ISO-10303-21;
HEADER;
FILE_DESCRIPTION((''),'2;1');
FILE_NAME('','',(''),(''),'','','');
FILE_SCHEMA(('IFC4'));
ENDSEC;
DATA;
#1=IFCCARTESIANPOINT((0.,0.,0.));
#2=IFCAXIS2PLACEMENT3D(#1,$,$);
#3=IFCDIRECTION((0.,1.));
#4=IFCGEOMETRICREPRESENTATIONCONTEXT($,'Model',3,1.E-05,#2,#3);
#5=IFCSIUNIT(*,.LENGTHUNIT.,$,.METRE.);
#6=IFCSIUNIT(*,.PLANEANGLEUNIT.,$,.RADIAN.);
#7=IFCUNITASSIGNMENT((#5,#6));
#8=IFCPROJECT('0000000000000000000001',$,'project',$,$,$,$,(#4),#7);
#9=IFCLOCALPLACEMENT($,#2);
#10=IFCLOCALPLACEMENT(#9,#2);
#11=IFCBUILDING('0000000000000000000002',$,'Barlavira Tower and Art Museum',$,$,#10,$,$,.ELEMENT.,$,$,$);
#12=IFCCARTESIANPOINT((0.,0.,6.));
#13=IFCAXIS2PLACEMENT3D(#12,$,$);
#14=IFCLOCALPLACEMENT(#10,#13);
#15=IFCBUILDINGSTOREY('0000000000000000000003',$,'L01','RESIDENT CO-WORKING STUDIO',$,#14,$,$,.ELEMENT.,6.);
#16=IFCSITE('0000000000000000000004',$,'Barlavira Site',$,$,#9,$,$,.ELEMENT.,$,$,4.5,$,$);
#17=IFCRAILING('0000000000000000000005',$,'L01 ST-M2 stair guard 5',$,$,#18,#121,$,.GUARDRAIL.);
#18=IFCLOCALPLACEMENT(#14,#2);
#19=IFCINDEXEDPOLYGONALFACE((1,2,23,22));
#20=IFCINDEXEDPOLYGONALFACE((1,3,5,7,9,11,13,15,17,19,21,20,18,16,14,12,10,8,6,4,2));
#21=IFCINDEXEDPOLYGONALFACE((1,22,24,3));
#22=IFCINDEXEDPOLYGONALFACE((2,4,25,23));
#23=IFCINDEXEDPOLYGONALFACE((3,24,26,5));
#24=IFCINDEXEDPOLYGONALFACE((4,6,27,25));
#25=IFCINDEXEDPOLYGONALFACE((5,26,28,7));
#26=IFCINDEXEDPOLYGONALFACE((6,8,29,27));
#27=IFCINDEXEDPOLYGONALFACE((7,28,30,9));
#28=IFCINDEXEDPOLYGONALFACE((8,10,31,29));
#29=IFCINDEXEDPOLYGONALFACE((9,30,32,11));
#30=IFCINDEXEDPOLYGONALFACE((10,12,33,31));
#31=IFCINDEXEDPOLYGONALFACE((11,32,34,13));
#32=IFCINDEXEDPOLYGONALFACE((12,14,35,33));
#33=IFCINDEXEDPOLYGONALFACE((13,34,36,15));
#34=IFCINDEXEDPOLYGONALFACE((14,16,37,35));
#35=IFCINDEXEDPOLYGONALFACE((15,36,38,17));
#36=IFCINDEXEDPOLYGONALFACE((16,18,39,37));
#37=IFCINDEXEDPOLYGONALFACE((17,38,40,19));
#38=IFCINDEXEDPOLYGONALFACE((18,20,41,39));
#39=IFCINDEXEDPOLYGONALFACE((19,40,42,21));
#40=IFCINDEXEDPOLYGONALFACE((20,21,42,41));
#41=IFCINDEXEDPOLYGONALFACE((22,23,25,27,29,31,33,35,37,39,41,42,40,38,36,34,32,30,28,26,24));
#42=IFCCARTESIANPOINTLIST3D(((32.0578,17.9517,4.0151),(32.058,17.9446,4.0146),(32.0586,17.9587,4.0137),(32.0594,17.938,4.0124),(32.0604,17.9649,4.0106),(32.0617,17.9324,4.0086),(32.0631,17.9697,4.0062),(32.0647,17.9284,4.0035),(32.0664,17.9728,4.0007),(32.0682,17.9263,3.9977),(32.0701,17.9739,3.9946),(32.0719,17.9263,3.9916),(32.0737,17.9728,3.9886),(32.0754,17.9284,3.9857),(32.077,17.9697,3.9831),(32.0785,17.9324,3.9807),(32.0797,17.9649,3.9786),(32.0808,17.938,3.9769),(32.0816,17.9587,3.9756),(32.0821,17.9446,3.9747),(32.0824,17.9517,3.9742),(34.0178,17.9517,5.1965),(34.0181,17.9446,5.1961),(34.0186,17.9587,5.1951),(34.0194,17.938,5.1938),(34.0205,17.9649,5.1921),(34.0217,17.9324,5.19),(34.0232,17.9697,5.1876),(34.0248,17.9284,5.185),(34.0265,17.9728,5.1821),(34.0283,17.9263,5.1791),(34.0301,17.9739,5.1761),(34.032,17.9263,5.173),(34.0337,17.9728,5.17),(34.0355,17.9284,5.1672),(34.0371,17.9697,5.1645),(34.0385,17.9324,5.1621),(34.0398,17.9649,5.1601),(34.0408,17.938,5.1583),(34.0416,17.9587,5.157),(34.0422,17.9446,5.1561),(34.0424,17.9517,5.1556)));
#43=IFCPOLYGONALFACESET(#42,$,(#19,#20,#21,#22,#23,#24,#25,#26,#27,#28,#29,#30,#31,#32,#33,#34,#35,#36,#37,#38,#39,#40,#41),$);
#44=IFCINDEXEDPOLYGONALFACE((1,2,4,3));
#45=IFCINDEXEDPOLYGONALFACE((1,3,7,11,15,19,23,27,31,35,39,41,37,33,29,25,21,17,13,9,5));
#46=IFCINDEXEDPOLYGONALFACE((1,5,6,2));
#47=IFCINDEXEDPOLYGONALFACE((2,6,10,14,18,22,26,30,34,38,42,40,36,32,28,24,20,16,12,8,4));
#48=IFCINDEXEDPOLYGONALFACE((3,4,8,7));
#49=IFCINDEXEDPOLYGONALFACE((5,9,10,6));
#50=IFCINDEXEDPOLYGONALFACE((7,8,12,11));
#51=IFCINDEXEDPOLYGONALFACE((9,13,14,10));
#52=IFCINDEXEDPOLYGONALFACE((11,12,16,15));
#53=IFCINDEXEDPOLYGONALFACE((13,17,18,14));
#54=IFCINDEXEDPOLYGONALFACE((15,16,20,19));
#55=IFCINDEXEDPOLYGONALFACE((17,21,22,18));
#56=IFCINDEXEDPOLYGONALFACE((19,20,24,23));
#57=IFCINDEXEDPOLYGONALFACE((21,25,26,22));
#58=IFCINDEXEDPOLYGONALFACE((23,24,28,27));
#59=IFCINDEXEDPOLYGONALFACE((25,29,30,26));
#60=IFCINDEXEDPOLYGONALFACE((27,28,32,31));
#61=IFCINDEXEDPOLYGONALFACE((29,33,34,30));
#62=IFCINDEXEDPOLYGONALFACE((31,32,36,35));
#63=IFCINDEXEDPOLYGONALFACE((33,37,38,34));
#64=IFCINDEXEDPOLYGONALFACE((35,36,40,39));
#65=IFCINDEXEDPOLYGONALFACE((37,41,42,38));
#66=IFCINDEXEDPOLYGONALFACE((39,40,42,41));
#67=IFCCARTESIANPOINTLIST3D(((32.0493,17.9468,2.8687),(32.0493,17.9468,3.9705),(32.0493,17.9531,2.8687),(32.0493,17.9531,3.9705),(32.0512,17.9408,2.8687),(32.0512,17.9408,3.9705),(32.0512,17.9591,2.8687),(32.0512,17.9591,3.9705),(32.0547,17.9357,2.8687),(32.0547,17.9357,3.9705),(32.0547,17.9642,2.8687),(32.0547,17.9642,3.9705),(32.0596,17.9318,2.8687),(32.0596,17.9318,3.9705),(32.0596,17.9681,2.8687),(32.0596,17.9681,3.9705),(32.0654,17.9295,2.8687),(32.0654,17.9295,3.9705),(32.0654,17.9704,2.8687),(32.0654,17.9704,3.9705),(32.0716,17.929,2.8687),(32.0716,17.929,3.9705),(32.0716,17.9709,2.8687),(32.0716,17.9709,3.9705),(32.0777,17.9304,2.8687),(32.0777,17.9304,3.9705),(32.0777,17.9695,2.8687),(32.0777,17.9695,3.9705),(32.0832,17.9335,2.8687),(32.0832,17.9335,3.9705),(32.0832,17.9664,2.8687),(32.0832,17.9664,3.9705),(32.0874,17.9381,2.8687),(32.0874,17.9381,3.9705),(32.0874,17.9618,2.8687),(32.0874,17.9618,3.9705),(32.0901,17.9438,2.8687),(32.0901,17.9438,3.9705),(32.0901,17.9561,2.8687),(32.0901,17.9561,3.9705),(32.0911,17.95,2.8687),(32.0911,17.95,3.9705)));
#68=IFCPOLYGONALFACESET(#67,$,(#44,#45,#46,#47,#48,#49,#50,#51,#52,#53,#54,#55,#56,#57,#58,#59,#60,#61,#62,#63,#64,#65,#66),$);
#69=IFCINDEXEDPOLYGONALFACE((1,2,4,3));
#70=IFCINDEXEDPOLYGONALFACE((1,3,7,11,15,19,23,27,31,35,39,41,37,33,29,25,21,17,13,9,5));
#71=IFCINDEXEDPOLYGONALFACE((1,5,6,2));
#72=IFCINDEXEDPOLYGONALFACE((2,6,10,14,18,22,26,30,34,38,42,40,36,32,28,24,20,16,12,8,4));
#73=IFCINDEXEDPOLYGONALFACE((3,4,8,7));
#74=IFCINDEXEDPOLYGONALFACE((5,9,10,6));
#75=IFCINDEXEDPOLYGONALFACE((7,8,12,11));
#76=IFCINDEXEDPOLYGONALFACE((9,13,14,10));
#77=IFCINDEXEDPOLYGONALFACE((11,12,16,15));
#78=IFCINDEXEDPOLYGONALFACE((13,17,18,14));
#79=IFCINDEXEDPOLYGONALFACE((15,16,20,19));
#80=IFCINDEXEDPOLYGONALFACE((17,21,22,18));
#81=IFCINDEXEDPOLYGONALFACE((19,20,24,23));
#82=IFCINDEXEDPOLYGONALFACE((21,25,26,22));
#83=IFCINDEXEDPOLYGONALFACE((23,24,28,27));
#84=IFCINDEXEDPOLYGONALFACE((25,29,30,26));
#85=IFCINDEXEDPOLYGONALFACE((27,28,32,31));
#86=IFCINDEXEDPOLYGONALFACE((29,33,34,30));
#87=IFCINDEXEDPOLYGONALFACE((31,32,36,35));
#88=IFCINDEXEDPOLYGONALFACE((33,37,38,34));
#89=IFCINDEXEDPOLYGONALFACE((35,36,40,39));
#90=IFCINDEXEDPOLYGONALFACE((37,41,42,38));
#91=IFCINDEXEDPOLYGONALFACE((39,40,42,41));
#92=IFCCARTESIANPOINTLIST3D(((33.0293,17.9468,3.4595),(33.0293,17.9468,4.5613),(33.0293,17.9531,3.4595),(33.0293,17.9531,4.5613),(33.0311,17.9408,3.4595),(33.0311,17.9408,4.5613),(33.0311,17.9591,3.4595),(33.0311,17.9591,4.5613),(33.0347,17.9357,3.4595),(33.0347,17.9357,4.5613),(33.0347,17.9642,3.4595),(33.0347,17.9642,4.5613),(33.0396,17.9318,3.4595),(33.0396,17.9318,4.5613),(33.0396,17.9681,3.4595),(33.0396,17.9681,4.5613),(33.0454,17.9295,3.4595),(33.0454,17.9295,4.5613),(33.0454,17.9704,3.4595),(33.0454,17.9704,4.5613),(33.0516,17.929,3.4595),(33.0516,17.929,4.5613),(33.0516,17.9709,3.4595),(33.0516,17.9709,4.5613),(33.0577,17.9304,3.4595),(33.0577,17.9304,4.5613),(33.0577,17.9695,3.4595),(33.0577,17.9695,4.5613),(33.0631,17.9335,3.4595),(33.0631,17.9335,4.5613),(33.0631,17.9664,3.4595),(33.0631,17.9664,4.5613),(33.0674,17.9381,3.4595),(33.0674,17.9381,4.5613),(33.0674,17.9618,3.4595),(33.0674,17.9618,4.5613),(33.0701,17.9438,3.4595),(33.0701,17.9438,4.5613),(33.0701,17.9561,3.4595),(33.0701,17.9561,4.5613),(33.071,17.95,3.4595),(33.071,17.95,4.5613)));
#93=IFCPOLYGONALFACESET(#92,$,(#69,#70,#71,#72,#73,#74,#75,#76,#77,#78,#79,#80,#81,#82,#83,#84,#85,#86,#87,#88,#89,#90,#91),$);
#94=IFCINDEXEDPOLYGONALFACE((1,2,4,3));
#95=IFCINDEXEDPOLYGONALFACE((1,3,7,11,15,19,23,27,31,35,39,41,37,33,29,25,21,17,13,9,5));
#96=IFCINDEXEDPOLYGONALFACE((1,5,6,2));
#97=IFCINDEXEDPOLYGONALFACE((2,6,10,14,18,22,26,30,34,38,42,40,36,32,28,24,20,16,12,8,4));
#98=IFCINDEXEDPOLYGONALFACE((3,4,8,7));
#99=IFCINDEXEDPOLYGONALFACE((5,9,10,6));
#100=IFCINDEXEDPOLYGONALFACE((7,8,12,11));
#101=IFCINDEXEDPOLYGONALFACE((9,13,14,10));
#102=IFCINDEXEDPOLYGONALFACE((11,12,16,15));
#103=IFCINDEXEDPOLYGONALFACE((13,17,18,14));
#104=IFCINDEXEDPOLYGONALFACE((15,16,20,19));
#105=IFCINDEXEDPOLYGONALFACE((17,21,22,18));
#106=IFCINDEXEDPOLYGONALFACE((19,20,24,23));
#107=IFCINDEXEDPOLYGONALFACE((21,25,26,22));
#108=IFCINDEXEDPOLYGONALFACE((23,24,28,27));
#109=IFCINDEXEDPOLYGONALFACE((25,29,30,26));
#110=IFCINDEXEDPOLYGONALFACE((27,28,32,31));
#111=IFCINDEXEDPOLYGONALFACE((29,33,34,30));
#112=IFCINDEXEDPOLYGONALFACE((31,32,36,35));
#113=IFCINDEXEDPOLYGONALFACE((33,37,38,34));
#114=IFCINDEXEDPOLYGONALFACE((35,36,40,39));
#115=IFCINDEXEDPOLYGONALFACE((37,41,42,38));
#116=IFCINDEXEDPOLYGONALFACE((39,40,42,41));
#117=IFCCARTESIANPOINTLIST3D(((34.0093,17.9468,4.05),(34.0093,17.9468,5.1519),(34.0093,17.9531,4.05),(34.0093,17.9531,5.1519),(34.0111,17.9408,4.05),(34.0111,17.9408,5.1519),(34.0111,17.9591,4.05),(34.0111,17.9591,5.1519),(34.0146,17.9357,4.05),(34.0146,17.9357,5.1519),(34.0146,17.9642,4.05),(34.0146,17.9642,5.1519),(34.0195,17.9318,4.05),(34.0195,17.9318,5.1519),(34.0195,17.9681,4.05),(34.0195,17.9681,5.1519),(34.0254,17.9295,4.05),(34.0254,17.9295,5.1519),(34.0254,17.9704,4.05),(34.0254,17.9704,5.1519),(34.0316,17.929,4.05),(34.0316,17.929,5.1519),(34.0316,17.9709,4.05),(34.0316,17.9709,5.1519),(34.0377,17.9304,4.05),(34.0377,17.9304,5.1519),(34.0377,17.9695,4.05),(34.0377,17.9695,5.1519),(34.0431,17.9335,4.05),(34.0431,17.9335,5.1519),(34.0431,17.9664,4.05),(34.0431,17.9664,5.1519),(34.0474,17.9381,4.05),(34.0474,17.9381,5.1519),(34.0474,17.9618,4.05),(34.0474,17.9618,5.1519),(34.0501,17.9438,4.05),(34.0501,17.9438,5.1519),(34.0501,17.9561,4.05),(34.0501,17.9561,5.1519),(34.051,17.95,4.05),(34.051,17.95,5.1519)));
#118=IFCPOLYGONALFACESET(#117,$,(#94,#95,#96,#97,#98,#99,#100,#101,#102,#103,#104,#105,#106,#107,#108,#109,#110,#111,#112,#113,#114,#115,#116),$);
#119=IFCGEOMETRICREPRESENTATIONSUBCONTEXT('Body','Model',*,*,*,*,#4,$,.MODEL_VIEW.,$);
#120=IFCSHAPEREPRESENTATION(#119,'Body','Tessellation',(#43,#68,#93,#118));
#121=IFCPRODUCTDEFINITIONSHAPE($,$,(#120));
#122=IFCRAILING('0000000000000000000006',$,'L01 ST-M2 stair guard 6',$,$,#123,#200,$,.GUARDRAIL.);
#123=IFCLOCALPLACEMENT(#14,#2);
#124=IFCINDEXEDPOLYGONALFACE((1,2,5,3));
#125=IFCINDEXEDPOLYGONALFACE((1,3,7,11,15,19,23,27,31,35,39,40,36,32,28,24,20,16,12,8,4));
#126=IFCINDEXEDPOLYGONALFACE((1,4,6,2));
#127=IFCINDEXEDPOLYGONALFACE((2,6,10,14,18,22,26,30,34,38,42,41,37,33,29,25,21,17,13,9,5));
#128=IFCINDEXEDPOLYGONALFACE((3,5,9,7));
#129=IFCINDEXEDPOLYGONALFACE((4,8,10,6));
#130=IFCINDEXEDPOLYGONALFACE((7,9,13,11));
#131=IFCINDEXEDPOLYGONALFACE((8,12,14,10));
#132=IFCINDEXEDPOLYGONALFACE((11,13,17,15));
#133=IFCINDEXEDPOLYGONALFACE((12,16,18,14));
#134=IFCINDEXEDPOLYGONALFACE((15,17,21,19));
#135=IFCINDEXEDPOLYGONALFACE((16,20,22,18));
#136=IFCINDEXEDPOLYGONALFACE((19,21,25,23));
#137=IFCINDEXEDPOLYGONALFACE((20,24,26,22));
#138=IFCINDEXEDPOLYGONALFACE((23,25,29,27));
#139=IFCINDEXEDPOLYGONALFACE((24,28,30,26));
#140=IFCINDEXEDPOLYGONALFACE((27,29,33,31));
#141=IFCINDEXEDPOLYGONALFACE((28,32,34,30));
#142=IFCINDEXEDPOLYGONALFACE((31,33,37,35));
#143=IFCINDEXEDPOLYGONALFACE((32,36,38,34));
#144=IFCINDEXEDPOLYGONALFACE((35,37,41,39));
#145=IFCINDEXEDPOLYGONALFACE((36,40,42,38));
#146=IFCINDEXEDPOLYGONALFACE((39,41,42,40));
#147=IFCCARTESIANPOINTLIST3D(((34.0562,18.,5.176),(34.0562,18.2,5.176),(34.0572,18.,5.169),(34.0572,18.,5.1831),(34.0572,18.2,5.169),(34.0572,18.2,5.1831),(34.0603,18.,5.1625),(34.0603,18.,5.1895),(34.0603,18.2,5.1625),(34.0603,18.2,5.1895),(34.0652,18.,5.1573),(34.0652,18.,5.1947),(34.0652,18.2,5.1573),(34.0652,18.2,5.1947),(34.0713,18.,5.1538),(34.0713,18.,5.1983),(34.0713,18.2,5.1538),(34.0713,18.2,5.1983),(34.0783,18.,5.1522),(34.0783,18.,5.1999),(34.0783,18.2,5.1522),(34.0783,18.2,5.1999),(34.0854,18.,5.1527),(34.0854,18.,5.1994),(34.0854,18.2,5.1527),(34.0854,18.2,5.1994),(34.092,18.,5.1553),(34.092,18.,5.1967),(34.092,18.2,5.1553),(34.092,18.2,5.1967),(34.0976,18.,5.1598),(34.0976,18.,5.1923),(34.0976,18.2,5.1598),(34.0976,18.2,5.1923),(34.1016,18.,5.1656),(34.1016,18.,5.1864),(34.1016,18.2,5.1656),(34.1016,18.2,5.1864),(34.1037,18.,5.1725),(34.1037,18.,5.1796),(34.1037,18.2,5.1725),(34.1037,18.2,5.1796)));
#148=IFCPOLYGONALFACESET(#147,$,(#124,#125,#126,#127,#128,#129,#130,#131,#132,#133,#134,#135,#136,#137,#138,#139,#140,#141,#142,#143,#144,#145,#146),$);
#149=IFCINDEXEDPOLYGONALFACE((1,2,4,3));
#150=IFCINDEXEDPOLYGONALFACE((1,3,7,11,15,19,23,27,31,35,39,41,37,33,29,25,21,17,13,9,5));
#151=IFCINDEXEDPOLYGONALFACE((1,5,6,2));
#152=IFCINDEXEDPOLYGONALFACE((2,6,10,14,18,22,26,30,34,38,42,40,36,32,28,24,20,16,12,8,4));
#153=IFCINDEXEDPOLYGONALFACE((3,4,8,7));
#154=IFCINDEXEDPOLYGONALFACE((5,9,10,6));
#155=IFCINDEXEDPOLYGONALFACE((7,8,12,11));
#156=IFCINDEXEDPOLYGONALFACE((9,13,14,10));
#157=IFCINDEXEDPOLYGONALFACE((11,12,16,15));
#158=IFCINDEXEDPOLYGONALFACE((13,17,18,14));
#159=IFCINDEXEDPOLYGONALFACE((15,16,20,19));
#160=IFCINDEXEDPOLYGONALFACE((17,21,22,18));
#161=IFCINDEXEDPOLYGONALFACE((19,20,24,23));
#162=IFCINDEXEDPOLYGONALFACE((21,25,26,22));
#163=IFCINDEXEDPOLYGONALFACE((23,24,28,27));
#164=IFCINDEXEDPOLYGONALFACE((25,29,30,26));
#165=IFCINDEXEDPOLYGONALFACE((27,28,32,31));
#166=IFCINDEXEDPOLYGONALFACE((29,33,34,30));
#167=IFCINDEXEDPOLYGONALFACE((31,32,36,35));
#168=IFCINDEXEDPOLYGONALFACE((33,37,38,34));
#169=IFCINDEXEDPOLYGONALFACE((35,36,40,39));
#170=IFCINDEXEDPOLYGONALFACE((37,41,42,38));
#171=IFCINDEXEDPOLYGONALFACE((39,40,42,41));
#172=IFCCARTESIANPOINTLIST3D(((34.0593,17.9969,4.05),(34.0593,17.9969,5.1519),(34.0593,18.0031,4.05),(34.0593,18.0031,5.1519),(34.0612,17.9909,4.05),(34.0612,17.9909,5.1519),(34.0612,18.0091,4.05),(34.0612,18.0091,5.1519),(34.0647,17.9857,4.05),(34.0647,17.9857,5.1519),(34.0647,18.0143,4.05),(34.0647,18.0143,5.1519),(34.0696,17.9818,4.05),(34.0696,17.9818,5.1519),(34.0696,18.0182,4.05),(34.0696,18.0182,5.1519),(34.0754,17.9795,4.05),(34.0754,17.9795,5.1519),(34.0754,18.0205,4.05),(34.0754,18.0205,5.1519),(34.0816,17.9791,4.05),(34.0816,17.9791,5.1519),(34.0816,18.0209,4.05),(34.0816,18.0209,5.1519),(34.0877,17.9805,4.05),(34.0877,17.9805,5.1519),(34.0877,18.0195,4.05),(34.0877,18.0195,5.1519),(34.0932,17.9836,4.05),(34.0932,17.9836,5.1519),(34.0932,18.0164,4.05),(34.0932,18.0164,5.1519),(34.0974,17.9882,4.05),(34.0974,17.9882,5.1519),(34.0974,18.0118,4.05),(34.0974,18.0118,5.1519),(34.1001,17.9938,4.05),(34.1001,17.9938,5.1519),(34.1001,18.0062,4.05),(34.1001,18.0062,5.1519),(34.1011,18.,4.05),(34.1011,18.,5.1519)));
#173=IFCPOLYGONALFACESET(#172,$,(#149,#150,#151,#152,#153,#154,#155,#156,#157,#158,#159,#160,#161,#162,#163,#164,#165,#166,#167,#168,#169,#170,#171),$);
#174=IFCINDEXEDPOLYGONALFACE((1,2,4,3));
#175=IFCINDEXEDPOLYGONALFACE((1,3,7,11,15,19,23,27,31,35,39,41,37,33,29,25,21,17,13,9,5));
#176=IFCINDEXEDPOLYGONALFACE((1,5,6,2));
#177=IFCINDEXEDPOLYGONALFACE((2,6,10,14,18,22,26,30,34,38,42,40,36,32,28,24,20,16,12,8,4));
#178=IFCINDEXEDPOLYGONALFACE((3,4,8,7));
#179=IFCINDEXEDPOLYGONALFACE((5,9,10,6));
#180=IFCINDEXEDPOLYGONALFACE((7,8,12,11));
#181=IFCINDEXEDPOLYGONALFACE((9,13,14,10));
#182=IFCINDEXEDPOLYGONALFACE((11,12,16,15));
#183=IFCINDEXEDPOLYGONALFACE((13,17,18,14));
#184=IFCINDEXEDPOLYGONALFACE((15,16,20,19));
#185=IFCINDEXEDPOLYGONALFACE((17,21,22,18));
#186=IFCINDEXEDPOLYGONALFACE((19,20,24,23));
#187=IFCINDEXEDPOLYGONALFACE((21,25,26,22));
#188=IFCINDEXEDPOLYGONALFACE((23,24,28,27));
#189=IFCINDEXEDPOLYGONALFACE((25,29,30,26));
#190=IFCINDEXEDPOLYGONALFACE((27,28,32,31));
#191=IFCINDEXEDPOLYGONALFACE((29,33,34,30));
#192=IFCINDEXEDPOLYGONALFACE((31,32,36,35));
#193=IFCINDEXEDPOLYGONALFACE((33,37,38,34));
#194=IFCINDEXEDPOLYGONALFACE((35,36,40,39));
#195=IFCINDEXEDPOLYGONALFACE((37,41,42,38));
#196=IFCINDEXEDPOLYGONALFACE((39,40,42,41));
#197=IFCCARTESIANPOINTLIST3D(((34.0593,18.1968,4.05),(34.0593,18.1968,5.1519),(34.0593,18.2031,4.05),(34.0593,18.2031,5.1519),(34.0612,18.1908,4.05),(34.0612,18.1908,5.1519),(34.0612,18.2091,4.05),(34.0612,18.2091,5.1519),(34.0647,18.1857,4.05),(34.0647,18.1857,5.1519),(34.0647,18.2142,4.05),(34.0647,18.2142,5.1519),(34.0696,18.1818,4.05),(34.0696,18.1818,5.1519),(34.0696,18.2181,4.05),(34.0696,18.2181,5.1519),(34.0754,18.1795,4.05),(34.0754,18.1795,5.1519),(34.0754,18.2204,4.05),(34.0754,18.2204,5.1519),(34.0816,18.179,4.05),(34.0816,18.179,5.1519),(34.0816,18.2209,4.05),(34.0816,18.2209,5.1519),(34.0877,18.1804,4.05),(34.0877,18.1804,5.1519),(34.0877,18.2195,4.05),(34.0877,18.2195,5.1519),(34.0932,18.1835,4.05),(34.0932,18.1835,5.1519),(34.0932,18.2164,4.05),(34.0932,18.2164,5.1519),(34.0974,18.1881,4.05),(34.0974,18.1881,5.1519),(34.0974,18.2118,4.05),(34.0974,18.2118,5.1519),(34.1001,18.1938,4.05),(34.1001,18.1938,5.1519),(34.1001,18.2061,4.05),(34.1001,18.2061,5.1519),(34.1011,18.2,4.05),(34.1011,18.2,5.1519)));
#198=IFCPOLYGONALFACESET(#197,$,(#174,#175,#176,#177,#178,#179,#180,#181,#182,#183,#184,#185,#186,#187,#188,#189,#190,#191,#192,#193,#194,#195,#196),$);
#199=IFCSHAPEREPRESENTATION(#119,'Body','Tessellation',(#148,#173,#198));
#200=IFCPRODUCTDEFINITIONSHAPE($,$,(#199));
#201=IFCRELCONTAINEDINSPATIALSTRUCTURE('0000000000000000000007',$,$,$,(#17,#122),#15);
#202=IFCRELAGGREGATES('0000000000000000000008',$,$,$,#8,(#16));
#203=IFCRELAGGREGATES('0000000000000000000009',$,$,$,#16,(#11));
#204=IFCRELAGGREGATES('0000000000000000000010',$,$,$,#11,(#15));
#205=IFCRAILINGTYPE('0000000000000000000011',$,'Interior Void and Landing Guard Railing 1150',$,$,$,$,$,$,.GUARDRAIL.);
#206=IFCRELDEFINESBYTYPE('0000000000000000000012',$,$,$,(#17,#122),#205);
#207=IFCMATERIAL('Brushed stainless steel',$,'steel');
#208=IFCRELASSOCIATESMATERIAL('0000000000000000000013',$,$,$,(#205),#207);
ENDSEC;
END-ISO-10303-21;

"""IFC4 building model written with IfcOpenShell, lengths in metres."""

from ifc_helpers import new_model, si_unit, direction, frame, origin, origin_2d, place, context, subcontext, project, spatial, circle, extrude, material, type_object, element, save


model = new_model("IFC4")

# Units and contexts
model_context = context("Model", 3, precision=1e-05, world=origin(), true_north=direction((0.0, 1.0)))
body_context = subcontext(model_context, "Body", "Model", "MODEL_VIEW")
ifc_project = project(units=[si_unit("LENGTHUNIT", "METRE"), si_unit("PLANEANGLEUNIT", "RADIAN")], contexts=[model_context])

# Site, building, storey
site_placement = place(None, origin())
site = spatial("IfcSite", under=ifc_project, at=site_placement, Name="Barlavira Site", CompositionType="ELEMENT", RefElevation=4.5)
building_placement = place(site_placement, origin())
building = spatial("IfcBuilding", under=site, at=building_placement, Name="Barlavira Tower and Art Museum", CompositionType="ELEMENT")
storey_placement = place(building_placement, frame((0.0, 0.0, 6.0)))
storey = spatial("IfcBuildingStorey", under=building, at=storey_placement, Name="L01", Description="RESIDENT CO-WORKING STUDIO", CompositionType="ELEMENT", Elevation=6.0)

# Shared definitions
ifc_material_1 = material(Name="Brushed stainless steel", Category="steel")

# Railings
railing_type_1 = type_object("IfcRailingType", Name="Interior Void and Landing Guard Railing 1150", PredefinedType="GUARDRAIL", material=ifc_material_1)
railing_1_placement = place(storey_placement, frame((32.0701, 17.95, 2.8687)))
element("IfcRailing", 1, at=railing_1_placement, inside=storey, type_object=railing_type_1, Name="L01 ST-M2 stair guard 5", PredefinedType="GUARDRAIL", context=body_context, shape_type="SweptSolid", body=[
    extrude(circle(Radius=0.0239, at=origin_2d()), frame((0.0, 0.0, 1.126), z_axis=(0.856446, 0.0, 0.516236), x_axis=(0.0, 1.0, 0.0)), (0.0, 0.0, 1.0), 2.2886),
    extrude(circle(Radius=0.021, at=origin_2d()), origin(), (0.0, 0.0, 1.0), 1.1018),
    extrude(circle(Radius=0.021, at=origin_2d()), frame((0.98, 0.0, 0.5908)), (0.0, 0.0, 1.0), 1.1018),
    extrude(circle(Radius=0.021, at=origin_2d()), frame((1.96, 0.0, 1.1814)), (0.0, 0.0, 1.0), 1.1018),
])
railing_2_placement = place(storey_placement, frame((34.0801, 18.0, 4.05)))
element("IfcRailing", 2, at=railing_2_placement, inside=storey, type_object=railing_type_1, Name="L01 ST-M2 stair guard 6", PredefinedType="GUARDRAIL", context=body_context, shape_type="SweptSolid", body=[
    extrude(circle(Radius=0.0239, at=origin_2d()), frame((0.0, 0.0, 1.126), z_axis=(0.0, 1.0, 0.0), x_axis=(-1.0, 0.0, 0.0)), (0.0, 0.0, 1.0), 0.2),
    extrude(circle(Radius=0.021, at=origin_2d()), origin(), (0.0, 0.0, 1.0), 1.1018),
    extrude(circle(Radius=0.021, at=origin_2d()), frame((0.0, 0.2, 0.0)), (0.0, 0.0, 1.0), 1.1018),
])

save(model, "model.ifc")
